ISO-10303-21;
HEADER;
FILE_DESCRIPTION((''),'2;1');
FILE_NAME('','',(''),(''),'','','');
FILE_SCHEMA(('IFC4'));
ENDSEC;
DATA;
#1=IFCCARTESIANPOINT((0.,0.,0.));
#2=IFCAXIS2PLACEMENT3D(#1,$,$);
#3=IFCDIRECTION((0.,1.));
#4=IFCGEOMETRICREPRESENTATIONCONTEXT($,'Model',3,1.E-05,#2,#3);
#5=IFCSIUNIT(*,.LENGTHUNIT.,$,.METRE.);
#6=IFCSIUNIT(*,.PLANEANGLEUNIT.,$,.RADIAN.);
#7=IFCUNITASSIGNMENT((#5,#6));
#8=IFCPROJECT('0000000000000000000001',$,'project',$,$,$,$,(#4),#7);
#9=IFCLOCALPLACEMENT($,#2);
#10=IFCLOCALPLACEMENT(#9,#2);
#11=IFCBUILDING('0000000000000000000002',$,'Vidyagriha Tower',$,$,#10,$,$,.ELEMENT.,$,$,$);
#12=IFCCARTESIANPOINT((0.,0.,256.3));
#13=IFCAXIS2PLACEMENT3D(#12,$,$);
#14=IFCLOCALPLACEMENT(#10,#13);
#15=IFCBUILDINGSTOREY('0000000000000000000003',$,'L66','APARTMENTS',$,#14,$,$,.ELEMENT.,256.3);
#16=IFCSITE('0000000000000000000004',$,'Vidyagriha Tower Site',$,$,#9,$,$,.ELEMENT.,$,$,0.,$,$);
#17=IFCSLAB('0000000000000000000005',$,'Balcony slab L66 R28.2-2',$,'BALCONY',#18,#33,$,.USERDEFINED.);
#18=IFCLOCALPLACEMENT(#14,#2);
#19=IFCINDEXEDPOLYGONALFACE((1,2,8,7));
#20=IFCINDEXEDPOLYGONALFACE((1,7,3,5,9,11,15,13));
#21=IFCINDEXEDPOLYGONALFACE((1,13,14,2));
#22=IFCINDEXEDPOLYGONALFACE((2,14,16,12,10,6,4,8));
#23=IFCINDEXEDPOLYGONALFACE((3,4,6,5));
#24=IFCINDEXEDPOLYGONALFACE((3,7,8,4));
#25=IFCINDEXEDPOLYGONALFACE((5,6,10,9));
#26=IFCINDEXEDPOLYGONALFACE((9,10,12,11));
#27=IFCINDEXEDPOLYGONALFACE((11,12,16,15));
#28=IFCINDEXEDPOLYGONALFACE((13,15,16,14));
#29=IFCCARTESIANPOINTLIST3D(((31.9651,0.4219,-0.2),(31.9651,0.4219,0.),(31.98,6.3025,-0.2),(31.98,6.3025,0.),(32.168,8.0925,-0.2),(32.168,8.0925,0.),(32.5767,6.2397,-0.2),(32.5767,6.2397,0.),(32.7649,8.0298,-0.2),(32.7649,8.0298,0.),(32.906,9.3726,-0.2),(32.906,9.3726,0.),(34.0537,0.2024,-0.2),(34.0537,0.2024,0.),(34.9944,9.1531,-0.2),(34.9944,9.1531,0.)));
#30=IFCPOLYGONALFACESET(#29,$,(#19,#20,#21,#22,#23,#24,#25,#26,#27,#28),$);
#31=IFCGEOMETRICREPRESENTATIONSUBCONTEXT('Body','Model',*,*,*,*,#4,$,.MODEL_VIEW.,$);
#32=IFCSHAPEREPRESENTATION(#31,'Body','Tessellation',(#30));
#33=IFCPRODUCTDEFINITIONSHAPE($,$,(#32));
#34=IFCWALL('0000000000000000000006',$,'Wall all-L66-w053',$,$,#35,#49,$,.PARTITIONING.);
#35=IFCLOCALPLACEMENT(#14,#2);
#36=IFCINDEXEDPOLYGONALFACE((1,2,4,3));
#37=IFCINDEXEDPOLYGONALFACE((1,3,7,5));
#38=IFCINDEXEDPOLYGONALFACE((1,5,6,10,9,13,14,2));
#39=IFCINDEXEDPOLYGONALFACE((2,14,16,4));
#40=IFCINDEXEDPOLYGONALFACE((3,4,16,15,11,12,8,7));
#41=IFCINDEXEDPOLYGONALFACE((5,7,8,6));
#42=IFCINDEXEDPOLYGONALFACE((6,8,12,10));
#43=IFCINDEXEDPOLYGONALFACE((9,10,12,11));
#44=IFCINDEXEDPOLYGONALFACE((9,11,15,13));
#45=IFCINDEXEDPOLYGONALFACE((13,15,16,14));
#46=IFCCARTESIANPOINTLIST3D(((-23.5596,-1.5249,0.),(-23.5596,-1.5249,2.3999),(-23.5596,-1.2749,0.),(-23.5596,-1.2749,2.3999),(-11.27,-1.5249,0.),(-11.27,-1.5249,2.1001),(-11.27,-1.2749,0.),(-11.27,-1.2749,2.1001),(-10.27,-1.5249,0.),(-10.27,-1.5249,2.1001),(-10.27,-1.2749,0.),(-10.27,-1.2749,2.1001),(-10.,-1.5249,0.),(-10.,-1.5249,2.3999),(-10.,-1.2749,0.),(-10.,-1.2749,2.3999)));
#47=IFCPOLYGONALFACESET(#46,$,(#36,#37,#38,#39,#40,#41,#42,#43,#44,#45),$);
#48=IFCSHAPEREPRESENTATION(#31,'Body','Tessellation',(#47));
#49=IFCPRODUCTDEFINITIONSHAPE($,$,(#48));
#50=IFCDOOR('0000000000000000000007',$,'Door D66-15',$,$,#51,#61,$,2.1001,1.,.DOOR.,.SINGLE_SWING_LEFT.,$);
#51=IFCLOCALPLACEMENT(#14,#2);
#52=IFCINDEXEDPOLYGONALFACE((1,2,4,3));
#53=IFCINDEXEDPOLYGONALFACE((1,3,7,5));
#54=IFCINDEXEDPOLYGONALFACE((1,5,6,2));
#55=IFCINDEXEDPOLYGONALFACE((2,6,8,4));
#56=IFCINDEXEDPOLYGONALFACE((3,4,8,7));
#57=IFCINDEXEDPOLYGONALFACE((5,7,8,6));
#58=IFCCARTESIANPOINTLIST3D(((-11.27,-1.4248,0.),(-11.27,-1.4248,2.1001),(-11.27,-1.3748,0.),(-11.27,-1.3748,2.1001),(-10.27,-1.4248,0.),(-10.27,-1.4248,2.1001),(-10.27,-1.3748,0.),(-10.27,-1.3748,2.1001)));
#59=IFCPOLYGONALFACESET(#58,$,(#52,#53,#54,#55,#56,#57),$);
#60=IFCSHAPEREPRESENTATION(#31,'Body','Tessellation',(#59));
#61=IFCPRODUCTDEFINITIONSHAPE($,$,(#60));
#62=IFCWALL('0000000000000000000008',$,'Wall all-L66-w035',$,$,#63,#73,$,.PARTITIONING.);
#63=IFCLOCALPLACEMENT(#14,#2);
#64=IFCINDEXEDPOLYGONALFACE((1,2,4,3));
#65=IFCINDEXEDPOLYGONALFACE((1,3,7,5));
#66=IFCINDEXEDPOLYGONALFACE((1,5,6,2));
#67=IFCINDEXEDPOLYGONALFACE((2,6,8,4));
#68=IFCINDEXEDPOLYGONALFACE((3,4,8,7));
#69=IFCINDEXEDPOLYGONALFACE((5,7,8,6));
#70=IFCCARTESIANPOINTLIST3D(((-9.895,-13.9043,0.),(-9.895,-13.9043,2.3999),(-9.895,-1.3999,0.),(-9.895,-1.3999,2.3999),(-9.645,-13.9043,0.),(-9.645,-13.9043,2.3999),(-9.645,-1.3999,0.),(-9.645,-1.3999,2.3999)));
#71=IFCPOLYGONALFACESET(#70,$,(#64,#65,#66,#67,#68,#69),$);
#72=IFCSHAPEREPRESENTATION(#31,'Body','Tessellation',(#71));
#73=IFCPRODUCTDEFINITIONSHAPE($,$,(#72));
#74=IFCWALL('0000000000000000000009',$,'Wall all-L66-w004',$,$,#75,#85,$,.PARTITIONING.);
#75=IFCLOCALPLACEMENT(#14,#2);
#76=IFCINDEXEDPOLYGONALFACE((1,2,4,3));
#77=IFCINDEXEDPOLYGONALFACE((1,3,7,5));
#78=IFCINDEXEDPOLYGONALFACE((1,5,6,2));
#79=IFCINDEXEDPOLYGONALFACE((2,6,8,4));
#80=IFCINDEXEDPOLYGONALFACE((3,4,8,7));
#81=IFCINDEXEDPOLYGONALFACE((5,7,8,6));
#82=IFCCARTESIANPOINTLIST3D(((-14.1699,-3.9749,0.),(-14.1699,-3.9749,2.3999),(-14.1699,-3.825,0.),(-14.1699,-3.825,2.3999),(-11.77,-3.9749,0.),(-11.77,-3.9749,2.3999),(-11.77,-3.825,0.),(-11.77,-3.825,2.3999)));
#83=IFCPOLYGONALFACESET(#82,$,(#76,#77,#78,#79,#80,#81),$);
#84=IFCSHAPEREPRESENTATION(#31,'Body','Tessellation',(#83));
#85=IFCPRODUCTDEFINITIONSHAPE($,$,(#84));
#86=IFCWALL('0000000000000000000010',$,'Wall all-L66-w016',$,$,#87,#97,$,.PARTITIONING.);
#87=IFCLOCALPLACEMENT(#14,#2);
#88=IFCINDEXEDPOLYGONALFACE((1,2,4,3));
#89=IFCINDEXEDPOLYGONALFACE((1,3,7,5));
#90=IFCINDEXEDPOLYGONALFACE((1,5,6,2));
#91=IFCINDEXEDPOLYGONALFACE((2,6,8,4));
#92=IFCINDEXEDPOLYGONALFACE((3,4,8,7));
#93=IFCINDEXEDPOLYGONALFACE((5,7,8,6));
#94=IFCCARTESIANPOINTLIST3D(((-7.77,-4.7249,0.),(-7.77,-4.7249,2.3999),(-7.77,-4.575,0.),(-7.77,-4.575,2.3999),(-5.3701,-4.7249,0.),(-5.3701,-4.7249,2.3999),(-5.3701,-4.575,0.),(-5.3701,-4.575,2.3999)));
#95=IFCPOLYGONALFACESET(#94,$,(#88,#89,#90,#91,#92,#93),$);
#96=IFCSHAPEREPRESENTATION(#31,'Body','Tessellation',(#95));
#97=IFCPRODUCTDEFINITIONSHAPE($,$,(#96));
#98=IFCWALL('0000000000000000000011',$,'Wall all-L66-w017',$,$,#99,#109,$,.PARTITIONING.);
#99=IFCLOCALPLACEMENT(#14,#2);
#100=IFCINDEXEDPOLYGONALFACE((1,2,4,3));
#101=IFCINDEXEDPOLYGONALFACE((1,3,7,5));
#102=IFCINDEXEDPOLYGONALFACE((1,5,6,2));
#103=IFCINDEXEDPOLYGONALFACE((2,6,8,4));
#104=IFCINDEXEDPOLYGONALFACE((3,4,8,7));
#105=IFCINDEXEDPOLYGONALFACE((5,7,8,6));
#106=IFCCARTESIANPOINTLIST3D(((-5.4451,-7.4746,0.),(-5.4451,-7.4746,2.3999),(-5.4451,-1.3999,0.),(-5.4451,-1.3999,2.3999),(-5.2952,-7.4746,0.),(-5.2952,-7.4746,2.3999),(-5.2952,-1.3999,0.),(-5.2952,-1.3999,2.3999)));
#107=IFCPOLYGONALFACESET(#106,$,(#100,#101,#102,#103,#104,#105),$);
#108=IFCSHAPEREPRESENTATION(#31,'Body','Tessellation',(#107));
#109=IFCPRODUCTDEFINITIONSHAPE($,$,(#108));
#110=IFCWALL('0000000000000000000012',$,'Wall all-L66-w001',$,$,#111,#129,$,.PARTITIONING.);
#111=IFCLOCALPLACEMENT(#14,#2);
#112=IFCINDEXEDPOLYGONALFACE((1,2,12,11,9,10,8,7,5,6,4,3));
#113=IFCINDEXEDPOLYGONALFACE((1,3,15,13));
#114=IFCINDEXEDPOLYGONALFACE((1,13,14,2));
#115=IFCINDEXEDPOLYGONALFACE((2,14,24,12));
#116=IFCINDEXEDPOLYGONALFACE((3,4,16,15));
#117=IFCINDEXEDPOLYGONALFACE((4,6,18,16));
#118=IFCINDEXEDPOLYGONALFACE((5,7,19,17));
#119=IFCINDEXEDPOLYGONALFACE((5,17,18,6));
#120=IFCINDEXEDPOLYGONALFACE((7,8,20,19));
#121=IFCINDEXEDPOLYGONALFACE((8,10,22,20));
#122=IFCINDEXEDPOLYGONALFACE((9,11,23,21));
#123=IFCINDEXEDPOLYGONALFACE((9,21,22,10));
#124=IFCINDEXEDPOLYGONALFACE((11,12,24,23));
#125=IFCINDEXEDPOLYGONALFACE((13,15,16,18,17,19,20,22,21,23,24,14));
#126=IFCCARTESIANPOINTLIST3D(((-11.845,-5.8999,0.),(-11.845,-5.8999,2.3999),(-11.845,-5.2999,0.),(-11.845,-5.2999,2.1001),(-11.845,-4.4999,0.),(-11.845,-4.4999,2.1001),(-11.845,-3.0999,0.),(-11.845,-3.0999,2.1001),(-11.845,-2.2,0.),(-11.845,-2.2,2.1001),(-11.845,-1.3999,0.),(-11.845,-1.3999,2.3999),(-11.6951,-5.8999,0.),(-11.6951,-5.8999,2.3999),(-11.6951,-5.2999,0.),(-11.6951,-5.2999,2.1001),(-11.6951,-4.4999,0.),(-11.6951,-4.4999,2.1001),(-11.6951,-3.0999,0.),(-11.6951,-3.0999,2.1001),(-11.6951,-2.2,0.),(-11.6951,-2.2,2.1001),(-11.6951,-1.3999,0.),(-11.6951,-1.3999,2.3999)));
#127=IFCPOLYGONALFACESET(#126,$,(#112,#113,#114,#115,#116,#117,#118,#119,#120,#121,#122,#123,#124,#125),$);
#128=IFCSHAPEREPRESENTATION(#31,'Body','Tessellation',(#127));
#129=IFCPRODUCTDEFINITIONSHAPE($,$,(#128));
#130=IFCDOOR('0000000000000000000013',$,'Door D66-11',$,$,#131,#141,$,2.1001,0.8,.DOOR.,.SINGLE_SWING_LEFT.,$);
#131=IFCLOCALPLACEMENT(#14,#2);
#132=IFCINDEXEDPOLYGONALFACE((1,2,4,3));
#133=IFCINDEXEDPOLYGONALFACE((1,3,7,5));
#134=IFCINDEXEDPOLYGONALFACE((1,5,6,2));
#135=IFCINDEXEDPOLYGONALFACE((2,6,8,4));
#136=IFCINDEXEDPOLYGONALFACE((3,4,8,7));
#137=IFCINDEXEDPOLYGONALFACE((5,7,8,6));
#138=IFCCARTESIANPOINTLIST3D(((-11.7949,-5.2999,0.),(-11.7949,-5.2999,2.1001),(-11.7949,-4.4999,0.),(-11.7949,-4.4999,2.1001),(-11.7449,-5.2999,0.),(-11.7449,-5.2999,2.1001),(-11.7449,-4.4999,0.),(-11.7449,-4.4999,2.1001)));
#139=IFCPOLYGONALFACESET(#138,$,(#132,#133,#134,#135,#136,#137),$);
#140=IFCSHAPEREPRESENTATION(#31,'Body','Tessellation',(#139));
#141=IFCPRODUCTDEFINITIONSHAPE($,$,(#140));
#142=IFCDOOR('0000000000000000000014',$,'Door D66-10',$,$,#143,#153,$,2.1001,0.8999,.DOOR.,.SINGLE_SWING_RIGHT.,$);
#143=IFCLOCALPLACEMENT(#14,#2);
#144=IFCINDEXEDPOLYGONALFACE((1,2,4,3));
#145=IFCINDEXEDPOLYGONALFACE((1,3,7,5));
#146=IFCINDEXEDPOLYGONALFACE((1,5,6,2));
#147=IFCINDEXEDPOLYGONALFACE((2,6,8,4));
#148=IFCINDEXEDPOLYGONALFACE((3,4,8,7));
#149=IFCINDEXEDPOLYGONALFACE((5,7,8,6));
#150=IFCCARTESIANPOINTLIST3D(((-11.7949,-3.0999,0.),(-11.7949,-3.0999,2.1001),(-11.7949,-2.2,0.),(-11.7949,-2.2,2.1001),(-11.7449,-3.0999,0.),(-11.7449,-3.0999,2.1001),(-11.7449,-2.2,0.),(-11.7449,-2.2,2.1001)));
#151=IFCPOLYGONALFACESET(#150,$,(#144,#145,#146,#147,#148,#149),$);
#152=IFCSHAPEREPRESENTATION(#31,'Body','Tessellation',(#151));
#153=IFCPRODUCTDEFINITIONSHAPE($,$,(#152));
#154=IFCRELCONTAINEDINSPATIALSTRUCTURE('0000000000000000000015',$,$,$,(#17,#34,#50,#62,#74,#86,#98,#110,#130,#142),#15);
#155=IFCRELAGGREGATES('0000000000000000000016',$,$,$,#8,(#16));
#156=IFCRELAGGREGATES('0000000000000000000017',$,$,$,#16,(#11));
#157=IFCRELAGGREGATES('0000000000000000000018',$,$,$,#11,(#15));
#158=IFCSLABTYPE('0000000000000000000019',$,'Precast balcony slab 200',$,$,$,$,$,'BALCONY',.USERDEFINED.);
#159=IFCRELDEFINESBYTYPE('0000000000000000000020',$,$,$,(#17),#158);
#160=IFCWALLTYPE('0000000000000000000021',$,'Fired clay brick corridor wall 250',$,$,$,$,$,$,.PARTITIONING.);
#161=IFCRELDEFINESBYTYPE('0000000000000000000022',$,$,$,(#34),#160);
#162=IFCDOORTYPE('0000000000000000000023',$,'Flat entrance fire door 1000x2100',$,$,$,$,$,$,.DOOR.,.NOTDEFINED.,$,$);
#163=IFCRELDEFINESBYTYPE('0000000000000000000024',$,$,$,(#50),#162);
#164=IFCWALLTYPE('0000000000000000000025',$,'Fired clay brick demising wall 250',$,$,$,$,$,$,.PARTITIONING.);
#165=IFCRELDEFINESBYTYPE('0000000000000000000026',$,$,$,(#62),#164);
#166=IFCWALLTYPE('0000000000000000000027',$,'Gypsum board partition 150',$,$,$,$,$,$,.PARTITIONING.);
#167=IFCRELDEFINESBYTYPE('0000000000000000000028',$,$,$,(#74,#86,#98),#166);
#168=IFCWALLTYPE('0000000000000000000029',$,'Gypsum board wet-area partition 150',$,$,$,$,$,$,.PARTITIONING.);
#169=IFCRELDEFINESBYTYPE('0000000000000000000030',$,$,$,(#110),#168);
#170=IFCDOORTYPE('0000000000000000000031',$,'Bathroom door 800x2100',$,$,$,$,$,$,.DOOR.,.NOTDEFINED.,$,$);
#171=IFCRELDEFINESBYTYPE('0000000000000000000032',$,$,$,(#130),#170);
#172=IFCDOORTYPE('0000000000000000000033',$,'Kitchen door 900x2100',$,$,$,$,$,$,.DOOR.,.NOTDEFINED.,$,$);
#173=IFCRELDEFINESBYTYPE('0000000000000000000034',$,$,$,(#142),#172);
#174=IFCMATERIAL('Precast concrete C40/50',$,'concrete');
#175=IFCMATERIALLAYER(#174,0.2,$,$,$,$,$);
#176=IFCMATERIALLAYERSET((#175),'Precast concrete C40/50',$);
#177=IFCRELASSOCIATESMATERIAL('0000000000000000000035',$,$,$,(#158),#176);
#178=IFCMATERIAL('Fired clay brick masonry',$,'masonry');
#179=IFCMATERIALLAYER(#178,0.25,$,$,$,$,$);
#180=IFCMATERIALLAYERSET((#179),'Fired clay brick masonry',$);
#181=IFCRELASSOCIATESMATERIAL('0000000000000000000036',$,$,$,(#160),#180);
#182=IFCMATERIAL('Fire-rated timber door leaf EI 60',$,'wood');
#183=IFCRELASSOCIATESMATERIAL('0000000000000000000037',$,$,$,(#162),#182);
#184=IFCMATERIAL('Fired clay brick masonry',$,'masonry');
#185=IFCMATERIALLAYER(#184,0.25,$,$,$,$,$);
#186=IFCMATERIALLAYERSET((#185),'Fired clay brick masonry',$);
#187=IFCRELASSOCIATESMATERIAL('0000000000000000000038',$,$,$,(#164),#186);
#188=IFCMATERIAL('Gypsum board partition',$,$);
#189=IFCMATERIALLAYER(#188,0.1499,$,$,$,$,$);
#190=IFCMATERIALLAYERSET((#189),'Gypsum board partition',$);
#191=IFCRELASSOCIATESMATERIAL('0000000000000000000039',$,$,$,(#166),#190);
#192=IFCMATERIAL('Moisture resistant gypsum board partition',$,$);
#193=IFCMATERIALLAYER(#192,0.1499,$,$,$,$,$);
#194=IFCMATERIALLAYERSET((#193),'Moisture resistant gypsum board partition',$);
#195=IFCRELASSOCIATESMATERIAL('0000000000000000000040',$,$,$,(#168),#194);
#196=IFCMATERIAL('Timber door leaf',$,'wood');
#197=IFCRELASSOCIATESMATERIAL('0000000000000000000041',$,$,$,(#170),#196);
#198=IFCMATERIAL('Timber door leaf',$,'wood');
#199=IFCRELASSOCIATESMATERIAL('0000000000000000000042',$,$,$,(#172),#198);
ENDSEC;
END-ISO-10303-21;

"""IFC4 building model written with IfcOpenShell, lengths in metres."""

from ifc_helpers import new_model, si_unit, direction, frame, frame_2d, origin, place, context, subcontext, project, spatial, polyline, rectangle, outline, extrude, material, layer, layer_set, type_object, element, fill, save


model = new_model("IFC4")

# Units and contexts
model_context = context("Model", 3, precision=1e-05, world=origin(), true_north=direction((0.0, 1.0)))
body_context = subcontext(model_context, "Body", "Model", "MODEL_VIEW")
ifc_project = project(units=[si_unit("LENGTHUNIT", "METRE"), si_unit("PLANEANGLEUNIT", "RADIAN")], contexts=[model_context])

# Site, building, storey
site_placement = place(None, origin())
site = spatial("IfcSite", under=ifc_project, at=site_placement, Name="Vidyagriha Tower Site", CompositionType="ELEMENT", RefElevation=0.0)
building_placement = place(site_placement, origin())
building = spatial("IfcBuilding", under=site, at=building_placement, Name="Vidyagriha Tower", CompositionType="ELEMENT")
storey_placement = place(building_placement, frame((0.0, 0.0, 256.3)))
storey = spatial("IfcBuildingStorey", under=building, at=storey_placement, Name="L66", Description="APARTMENTS", CompositionType="ELEMENT", Elevation=256.3)

# Slab
ifc_material_1 = material(Name="Precast concrete C40/50", Category="concrete")
ifc_layer_1 = layer(ifc_material_1, 0.2)
ifc_layer_set_1 = layer_set([ifc_layer_1], Name="Precast concrete C40/50")
slab_type_1 = type_object("IfcSlabType", Name="Precast balcony slab 200", ElementType="BALCONY", PredefinedType="USERDEFINED", material=ifc_layer_set_1)
slab_1_placement = place(storey_placement, frame((0.0, 0.0, -0.2)))
element("IfcSlab", 1, at=slab_1_placement, inside=storey, type_object=slab_type_1, Name="Balcony slab L66 R28.2-2", ObjectType="BALCONY", PredefinedType="USERDEFINED", context=body_context, shape_type="SweptSolid", body=[
    extrude(outline(polyline([(32.5767, 6.2397), (31.9651, 0.4219), (34.0537, 0.2024), (34.9944, 9.1531), (32.906, 9.3726), (32.7649, 8.0298), (32.168, 8.0925), (31.98, 6.3025), (32.5767, 6.2397)])), origin(), (0.0, 0.0, 1.0), 0.2),
])

# Wall, opening, door
ifc_material_2 = material(Name="Fired clay brick masonry", Category="masonry")
ifc_layer_2 = layer(ifc_material_2, 0.25)
ifc_layer_set_2 = layer_set([ifc_layer_2], Name="Fired clay brick masonry")
wall_type_1 = type_object("IfcWallType", Name="Fired clay brick corridor wall 250", PredefinedType="PARTITIONING", material=ifc_layer_set_2)
wall_1_placement = place(storey_placement, frame((-10.0, -1.3999, 0.0), z_axis=(0.0, 0.0, 1.0), x_axis=(-1.0, 0.0, 0.0)))
wall_1 = element("IfcWall", 2, at=wall_1_placement, inside=storey, type_object=wall_type_1, Name="Wall all-L66-w053", PredefinedType="PARTITIONING", context=body_context, shape_type="SweptSolid", body=[
    extrude(rectangle(XDim=13.5596, YDim=0.25, at=frame_2d((6.7798, 0.0))), origin(), (0.0, 0.0, 1.0), 2.3999),
])
opening_1_placement = place(wall_1_placement, frame((0.27, 0.0, 0.0)))
opening_1 = element("IfcOpeningElement", 3, at=opening_1_placement, cuts=wall_1, PredefinedType="OPENING", context=body_context, shape_type="SweptSolid", body=[
    extrude(rectangle(XDim=1.0, YDim=2.1001, at=frame_2d((0.5, 1.05))), frame((0.0, 0.135, 0.0), z_axis=(0.0, -1.0, 0.0), x_axis=(1.0, 0.0, 0.0)), (0.0, 0.0, 1.0), 0.27),
])
ifc_material_3 = material(Name="Fire-rated timber door leaf EI 60", Category="wood")
door_type_1 = type_object("IfcDoorType", Name="Flat entrance fire door 1000x2100", OperationType="NOTDEFINED", PredefinedType="DOOR", material=ifc_material_3)
door_1_placement = place(opening_1_placement, origin())
door_1 = element("IfcDoor", 4, at=door_1_placement, inside=storey, type_object=door_type_1, Name="Door D66-15", OperationType="SINGLE_SWING_LEFT", OverallHeight=2.1001, OverallWidth=1.0, PredefinedType="DOOR", context=body_context, shape_type="SweptSolid", body=[
    extrude(rectangle(XDim=1.0, YDim=2.1001, at=frame_2d((0.5, 1.05))), frame((0.0, 0.0249, 0.0), z_axis=(0.0, -1.0, 0.0), x_axis=(1.0, 0.0, 0.0)), (0.0, 0.0, 1.0), 0.05),
])
fill(opening_1, door_1)

# Walls
ifc_material_4 = material(Name="Fired clay brick masonry", Category="masonry")
ifc_layer_3 = layer(ifc_material_4, 0.25)
ifc_layer_set_3 = layer_set([ifc_layer_3], Name="Fired clay brick masonry")
wall_type_2 = type_object("IfcWallType", Name="Fired clay brick demising wall 250", PredefinedType="PARTITIONING", material=ifc_layer_set_3)
wall_2_placement = place(storey_placement, frame((-9.77, -1.3999, 0.0), z_axis=(0.0, 0.0, 1.0), x_axis=(0.0, -1.0, 0.0)))
element("IfcWall", 5, at=wall_2_placement, inside=storey, type_object=wall_type_2, Name="Wall all-L66-w035", PredefinedType="PARTITIONING", context=body_context, shape_type="SweptSolid", body=[
    extrude(rectangle(XDim=12.5044, YDim=0.25, at=frame_2d((6.2522, 0.0))), origin(), (0.0, 0.0, 1.0), 2.3999),
])
ifc_material_5 = material(Name="Gypsum board partition")
ifc_layer_4 = layer(ifc_material_5, 0.1499)
ifc_layer_set_4 = layer_set([ifc_layer_4], Name="Gypsum board partition")
wall_type_3 = type_object("IfcWallType", Name="Gypsum board partition 150", PredefinedType="PARTITIONING", material=ifc_layer_set_4)
for number, where, z_axis, x_axis, name in (
    (6, (-11.77, -3.8999, 0.0), (0.0, 0.0, 1.0), (-1.0, 0.0, 0.0), "Wall all-L66-w004"),
    (7, (-5.3701, -4.6499, 0.0), (0.0, 0.0, 1.0), (-1.0, 0.0, 0.0), "Wall all-L66-w016"),
):
    element("IfcWall", number, at=place(storey_placement, frame(where, z_axis=z_axis, x_axis=x_axis)), inside=storey, type_object=wall_type_3, Name=name, PredefinedType="PARTITIONING", context=body_context, shape_type="SweptSolid", body=[
        extrude(rectangle(XDim=2.3999, YDim=0.1499, at=frame_2d((1.2, 0.0))), origin(), (0.0, 0.0, 1.0), 2.3999),
    ])
wall_3_placement = place(storey_placement, frame((-5.3701, -1.3999, 0.0), z_axis=(0.0, 0.0, 1.0), x_axis=(0.0, -1.0, 0.0)))
element("IfcWall", 8, at=wall_3_placement, inside=storey, type_object=wall_type_3, Name="Wall all-L66-w017", PredefinedType="PARTITIONING", context=body_context, shape_type="SweptSolid", body=[
    extrude(rectangle(XDim=6.0747, YDim=0.1499, at=frame_2d((3.0374, 0.0))), origin(), (0.0, 0.0, 1.0), 2.3999),
])

# Wall, openings, doors
ifc_material_6 = material(Name="Moisture resistant gypsum board partition")
ifc_layer_5 = layer(ifc_material_6, 0.1499)
ifc_layer_set_5 = layer_set([ifc_layer_5], Name="Moisture resistant gypsum board partition")
wall_type_4 = type_object("IfcWallType", Name="Gypsum board wet-area partition 150", PredefinedType="PARTITIONING", material=ifc_layer_set_5)
wall_4_placement = place(storey_placement, frame((-11.77, -5.8999, 0.0), z_axis=(0.0, 0.0, 1.0), x_axis=(0.0, 1.0, 0.0)))
wall_4 = element("IfcWall", 9, at=wall_4_placement, inside=storey, type_object=wall_type_4, Name="Wall all-L66-w001", PredefinedType="PARTITIONING", context=body_context, shape_type="SweptSolid", body=[
    extrude(rectangle(XDim=4.5, YDim=0.1499, at=frame_2d((2.25, 0.0))), origin(), (0.0, 0.0, 1.0), 2.3999),
])
opening_2_placement = place(wall_4_placement, frame((2.8, 0.0, 0.0)))
opening_2 = element("IfcOpeningElement", 10, at=opening_2_placement, cuts=wall_4, PredefinedType="OPENING", context=body_context, shape_type="SweptSolid", body=[
    extrude(rectangle(XDim=0.8999, YDim=2.1001, at=frame_2d((0.45, 1.05))), frame((0.0, 0.085, 0.0), z_axis=(0.0, -1.0, 0.0), x_axis=(1.0, 0.0, 0.0)), (0.0, 0.0, 1.0), 0.1699),
])
opening_3_placement = place(wall_4_placement, frame((0.6001, 0.0, 0.0)))
opening_3 = element("IfcOpeningElement", 11, at=opening_3_placement, cuts=wall_4, PredefinedType="OPENING", context=body_context, shape_type="SweptSolid", body=[
    extrude(rectangle(XDim=0.8, YDim=2.1001, at=frame_2d((0.3999, 1.05))), frame((0.0, 0.085, 0.0), z_axis=(0.0, -1.0, 0.0), x_axis=(1.0, 0.0, 0.0)), (0.0, 0.0, 1.0), 0.1699),
])
ifc_material_7 = material(Name="Timber door leaf", Category="wood")
door_type_2 = type_object("IfcDoorType", Name="Bathroom door 800x2100", OperationType="NOTDEFINED", PredefinedType="DOOR", material=ifc_material_7)
door_2_placement = place(opening_3_placement, origin())
door_2 = element("IfcDoor", 12, at=door_2_placement, inside=storey, type_object=door_type_2, Name="Door D66-11", OperationType="SINGLE_SWING_LEFT", OverallHeight=2.1001, OverallWidth=0.8, PredefinedType="DOOR", context=body_context, shape_type="SweptSolid", body=[
    extrude(rectangle(XDim=0.8, YDim=2.1001, at=frame_2d((0.3999, 1.05))), frame((0.0, 0.0249, 0.0), z_axis=(0.0, -1.0, 0.0), x_axis=(1.0, 0.0, 0.0)), (0.0, 0.0, 1.0), 0.05),
])
fill(opening_3, door_2)
ifc_material_8 = material(Name="Timber door leaf", Category="wood")
door_type_3 = type_object("IfcDoorType", Name="Kitchen door 900x2100", OperationType="NOTDEFINED", PredefinedType="DOOR", material=ifc_material_8)
door_3_placement = place(opening_2_placement, origin())
door_3 = element("IfcDoor", 13, at=door_3_placement, inside=storey, type_object=door_type_3, Name="Door D66-10", OperationType="SINGLE_SWING_RIGHT", OverallHeight=2.1001, OverallWidth=0.8999, PredefinedType="DOOR", context=body_context, shape_type="SweptSolid", body=[
    extrude(rectangle(XDim=0.8999, YDim=2.1001, at=frame_2d((0.45, 1.05))), frame((0.0, 0.0249, 0.0), z_axis=(0.0, -1.0, 0.0), x_axis=(1.0, 0.0, 0.0)), (0.0, 0.0, 1.0), 0.05),
])
fill(opening_2, door_3)

save(model, "model.ifc")
